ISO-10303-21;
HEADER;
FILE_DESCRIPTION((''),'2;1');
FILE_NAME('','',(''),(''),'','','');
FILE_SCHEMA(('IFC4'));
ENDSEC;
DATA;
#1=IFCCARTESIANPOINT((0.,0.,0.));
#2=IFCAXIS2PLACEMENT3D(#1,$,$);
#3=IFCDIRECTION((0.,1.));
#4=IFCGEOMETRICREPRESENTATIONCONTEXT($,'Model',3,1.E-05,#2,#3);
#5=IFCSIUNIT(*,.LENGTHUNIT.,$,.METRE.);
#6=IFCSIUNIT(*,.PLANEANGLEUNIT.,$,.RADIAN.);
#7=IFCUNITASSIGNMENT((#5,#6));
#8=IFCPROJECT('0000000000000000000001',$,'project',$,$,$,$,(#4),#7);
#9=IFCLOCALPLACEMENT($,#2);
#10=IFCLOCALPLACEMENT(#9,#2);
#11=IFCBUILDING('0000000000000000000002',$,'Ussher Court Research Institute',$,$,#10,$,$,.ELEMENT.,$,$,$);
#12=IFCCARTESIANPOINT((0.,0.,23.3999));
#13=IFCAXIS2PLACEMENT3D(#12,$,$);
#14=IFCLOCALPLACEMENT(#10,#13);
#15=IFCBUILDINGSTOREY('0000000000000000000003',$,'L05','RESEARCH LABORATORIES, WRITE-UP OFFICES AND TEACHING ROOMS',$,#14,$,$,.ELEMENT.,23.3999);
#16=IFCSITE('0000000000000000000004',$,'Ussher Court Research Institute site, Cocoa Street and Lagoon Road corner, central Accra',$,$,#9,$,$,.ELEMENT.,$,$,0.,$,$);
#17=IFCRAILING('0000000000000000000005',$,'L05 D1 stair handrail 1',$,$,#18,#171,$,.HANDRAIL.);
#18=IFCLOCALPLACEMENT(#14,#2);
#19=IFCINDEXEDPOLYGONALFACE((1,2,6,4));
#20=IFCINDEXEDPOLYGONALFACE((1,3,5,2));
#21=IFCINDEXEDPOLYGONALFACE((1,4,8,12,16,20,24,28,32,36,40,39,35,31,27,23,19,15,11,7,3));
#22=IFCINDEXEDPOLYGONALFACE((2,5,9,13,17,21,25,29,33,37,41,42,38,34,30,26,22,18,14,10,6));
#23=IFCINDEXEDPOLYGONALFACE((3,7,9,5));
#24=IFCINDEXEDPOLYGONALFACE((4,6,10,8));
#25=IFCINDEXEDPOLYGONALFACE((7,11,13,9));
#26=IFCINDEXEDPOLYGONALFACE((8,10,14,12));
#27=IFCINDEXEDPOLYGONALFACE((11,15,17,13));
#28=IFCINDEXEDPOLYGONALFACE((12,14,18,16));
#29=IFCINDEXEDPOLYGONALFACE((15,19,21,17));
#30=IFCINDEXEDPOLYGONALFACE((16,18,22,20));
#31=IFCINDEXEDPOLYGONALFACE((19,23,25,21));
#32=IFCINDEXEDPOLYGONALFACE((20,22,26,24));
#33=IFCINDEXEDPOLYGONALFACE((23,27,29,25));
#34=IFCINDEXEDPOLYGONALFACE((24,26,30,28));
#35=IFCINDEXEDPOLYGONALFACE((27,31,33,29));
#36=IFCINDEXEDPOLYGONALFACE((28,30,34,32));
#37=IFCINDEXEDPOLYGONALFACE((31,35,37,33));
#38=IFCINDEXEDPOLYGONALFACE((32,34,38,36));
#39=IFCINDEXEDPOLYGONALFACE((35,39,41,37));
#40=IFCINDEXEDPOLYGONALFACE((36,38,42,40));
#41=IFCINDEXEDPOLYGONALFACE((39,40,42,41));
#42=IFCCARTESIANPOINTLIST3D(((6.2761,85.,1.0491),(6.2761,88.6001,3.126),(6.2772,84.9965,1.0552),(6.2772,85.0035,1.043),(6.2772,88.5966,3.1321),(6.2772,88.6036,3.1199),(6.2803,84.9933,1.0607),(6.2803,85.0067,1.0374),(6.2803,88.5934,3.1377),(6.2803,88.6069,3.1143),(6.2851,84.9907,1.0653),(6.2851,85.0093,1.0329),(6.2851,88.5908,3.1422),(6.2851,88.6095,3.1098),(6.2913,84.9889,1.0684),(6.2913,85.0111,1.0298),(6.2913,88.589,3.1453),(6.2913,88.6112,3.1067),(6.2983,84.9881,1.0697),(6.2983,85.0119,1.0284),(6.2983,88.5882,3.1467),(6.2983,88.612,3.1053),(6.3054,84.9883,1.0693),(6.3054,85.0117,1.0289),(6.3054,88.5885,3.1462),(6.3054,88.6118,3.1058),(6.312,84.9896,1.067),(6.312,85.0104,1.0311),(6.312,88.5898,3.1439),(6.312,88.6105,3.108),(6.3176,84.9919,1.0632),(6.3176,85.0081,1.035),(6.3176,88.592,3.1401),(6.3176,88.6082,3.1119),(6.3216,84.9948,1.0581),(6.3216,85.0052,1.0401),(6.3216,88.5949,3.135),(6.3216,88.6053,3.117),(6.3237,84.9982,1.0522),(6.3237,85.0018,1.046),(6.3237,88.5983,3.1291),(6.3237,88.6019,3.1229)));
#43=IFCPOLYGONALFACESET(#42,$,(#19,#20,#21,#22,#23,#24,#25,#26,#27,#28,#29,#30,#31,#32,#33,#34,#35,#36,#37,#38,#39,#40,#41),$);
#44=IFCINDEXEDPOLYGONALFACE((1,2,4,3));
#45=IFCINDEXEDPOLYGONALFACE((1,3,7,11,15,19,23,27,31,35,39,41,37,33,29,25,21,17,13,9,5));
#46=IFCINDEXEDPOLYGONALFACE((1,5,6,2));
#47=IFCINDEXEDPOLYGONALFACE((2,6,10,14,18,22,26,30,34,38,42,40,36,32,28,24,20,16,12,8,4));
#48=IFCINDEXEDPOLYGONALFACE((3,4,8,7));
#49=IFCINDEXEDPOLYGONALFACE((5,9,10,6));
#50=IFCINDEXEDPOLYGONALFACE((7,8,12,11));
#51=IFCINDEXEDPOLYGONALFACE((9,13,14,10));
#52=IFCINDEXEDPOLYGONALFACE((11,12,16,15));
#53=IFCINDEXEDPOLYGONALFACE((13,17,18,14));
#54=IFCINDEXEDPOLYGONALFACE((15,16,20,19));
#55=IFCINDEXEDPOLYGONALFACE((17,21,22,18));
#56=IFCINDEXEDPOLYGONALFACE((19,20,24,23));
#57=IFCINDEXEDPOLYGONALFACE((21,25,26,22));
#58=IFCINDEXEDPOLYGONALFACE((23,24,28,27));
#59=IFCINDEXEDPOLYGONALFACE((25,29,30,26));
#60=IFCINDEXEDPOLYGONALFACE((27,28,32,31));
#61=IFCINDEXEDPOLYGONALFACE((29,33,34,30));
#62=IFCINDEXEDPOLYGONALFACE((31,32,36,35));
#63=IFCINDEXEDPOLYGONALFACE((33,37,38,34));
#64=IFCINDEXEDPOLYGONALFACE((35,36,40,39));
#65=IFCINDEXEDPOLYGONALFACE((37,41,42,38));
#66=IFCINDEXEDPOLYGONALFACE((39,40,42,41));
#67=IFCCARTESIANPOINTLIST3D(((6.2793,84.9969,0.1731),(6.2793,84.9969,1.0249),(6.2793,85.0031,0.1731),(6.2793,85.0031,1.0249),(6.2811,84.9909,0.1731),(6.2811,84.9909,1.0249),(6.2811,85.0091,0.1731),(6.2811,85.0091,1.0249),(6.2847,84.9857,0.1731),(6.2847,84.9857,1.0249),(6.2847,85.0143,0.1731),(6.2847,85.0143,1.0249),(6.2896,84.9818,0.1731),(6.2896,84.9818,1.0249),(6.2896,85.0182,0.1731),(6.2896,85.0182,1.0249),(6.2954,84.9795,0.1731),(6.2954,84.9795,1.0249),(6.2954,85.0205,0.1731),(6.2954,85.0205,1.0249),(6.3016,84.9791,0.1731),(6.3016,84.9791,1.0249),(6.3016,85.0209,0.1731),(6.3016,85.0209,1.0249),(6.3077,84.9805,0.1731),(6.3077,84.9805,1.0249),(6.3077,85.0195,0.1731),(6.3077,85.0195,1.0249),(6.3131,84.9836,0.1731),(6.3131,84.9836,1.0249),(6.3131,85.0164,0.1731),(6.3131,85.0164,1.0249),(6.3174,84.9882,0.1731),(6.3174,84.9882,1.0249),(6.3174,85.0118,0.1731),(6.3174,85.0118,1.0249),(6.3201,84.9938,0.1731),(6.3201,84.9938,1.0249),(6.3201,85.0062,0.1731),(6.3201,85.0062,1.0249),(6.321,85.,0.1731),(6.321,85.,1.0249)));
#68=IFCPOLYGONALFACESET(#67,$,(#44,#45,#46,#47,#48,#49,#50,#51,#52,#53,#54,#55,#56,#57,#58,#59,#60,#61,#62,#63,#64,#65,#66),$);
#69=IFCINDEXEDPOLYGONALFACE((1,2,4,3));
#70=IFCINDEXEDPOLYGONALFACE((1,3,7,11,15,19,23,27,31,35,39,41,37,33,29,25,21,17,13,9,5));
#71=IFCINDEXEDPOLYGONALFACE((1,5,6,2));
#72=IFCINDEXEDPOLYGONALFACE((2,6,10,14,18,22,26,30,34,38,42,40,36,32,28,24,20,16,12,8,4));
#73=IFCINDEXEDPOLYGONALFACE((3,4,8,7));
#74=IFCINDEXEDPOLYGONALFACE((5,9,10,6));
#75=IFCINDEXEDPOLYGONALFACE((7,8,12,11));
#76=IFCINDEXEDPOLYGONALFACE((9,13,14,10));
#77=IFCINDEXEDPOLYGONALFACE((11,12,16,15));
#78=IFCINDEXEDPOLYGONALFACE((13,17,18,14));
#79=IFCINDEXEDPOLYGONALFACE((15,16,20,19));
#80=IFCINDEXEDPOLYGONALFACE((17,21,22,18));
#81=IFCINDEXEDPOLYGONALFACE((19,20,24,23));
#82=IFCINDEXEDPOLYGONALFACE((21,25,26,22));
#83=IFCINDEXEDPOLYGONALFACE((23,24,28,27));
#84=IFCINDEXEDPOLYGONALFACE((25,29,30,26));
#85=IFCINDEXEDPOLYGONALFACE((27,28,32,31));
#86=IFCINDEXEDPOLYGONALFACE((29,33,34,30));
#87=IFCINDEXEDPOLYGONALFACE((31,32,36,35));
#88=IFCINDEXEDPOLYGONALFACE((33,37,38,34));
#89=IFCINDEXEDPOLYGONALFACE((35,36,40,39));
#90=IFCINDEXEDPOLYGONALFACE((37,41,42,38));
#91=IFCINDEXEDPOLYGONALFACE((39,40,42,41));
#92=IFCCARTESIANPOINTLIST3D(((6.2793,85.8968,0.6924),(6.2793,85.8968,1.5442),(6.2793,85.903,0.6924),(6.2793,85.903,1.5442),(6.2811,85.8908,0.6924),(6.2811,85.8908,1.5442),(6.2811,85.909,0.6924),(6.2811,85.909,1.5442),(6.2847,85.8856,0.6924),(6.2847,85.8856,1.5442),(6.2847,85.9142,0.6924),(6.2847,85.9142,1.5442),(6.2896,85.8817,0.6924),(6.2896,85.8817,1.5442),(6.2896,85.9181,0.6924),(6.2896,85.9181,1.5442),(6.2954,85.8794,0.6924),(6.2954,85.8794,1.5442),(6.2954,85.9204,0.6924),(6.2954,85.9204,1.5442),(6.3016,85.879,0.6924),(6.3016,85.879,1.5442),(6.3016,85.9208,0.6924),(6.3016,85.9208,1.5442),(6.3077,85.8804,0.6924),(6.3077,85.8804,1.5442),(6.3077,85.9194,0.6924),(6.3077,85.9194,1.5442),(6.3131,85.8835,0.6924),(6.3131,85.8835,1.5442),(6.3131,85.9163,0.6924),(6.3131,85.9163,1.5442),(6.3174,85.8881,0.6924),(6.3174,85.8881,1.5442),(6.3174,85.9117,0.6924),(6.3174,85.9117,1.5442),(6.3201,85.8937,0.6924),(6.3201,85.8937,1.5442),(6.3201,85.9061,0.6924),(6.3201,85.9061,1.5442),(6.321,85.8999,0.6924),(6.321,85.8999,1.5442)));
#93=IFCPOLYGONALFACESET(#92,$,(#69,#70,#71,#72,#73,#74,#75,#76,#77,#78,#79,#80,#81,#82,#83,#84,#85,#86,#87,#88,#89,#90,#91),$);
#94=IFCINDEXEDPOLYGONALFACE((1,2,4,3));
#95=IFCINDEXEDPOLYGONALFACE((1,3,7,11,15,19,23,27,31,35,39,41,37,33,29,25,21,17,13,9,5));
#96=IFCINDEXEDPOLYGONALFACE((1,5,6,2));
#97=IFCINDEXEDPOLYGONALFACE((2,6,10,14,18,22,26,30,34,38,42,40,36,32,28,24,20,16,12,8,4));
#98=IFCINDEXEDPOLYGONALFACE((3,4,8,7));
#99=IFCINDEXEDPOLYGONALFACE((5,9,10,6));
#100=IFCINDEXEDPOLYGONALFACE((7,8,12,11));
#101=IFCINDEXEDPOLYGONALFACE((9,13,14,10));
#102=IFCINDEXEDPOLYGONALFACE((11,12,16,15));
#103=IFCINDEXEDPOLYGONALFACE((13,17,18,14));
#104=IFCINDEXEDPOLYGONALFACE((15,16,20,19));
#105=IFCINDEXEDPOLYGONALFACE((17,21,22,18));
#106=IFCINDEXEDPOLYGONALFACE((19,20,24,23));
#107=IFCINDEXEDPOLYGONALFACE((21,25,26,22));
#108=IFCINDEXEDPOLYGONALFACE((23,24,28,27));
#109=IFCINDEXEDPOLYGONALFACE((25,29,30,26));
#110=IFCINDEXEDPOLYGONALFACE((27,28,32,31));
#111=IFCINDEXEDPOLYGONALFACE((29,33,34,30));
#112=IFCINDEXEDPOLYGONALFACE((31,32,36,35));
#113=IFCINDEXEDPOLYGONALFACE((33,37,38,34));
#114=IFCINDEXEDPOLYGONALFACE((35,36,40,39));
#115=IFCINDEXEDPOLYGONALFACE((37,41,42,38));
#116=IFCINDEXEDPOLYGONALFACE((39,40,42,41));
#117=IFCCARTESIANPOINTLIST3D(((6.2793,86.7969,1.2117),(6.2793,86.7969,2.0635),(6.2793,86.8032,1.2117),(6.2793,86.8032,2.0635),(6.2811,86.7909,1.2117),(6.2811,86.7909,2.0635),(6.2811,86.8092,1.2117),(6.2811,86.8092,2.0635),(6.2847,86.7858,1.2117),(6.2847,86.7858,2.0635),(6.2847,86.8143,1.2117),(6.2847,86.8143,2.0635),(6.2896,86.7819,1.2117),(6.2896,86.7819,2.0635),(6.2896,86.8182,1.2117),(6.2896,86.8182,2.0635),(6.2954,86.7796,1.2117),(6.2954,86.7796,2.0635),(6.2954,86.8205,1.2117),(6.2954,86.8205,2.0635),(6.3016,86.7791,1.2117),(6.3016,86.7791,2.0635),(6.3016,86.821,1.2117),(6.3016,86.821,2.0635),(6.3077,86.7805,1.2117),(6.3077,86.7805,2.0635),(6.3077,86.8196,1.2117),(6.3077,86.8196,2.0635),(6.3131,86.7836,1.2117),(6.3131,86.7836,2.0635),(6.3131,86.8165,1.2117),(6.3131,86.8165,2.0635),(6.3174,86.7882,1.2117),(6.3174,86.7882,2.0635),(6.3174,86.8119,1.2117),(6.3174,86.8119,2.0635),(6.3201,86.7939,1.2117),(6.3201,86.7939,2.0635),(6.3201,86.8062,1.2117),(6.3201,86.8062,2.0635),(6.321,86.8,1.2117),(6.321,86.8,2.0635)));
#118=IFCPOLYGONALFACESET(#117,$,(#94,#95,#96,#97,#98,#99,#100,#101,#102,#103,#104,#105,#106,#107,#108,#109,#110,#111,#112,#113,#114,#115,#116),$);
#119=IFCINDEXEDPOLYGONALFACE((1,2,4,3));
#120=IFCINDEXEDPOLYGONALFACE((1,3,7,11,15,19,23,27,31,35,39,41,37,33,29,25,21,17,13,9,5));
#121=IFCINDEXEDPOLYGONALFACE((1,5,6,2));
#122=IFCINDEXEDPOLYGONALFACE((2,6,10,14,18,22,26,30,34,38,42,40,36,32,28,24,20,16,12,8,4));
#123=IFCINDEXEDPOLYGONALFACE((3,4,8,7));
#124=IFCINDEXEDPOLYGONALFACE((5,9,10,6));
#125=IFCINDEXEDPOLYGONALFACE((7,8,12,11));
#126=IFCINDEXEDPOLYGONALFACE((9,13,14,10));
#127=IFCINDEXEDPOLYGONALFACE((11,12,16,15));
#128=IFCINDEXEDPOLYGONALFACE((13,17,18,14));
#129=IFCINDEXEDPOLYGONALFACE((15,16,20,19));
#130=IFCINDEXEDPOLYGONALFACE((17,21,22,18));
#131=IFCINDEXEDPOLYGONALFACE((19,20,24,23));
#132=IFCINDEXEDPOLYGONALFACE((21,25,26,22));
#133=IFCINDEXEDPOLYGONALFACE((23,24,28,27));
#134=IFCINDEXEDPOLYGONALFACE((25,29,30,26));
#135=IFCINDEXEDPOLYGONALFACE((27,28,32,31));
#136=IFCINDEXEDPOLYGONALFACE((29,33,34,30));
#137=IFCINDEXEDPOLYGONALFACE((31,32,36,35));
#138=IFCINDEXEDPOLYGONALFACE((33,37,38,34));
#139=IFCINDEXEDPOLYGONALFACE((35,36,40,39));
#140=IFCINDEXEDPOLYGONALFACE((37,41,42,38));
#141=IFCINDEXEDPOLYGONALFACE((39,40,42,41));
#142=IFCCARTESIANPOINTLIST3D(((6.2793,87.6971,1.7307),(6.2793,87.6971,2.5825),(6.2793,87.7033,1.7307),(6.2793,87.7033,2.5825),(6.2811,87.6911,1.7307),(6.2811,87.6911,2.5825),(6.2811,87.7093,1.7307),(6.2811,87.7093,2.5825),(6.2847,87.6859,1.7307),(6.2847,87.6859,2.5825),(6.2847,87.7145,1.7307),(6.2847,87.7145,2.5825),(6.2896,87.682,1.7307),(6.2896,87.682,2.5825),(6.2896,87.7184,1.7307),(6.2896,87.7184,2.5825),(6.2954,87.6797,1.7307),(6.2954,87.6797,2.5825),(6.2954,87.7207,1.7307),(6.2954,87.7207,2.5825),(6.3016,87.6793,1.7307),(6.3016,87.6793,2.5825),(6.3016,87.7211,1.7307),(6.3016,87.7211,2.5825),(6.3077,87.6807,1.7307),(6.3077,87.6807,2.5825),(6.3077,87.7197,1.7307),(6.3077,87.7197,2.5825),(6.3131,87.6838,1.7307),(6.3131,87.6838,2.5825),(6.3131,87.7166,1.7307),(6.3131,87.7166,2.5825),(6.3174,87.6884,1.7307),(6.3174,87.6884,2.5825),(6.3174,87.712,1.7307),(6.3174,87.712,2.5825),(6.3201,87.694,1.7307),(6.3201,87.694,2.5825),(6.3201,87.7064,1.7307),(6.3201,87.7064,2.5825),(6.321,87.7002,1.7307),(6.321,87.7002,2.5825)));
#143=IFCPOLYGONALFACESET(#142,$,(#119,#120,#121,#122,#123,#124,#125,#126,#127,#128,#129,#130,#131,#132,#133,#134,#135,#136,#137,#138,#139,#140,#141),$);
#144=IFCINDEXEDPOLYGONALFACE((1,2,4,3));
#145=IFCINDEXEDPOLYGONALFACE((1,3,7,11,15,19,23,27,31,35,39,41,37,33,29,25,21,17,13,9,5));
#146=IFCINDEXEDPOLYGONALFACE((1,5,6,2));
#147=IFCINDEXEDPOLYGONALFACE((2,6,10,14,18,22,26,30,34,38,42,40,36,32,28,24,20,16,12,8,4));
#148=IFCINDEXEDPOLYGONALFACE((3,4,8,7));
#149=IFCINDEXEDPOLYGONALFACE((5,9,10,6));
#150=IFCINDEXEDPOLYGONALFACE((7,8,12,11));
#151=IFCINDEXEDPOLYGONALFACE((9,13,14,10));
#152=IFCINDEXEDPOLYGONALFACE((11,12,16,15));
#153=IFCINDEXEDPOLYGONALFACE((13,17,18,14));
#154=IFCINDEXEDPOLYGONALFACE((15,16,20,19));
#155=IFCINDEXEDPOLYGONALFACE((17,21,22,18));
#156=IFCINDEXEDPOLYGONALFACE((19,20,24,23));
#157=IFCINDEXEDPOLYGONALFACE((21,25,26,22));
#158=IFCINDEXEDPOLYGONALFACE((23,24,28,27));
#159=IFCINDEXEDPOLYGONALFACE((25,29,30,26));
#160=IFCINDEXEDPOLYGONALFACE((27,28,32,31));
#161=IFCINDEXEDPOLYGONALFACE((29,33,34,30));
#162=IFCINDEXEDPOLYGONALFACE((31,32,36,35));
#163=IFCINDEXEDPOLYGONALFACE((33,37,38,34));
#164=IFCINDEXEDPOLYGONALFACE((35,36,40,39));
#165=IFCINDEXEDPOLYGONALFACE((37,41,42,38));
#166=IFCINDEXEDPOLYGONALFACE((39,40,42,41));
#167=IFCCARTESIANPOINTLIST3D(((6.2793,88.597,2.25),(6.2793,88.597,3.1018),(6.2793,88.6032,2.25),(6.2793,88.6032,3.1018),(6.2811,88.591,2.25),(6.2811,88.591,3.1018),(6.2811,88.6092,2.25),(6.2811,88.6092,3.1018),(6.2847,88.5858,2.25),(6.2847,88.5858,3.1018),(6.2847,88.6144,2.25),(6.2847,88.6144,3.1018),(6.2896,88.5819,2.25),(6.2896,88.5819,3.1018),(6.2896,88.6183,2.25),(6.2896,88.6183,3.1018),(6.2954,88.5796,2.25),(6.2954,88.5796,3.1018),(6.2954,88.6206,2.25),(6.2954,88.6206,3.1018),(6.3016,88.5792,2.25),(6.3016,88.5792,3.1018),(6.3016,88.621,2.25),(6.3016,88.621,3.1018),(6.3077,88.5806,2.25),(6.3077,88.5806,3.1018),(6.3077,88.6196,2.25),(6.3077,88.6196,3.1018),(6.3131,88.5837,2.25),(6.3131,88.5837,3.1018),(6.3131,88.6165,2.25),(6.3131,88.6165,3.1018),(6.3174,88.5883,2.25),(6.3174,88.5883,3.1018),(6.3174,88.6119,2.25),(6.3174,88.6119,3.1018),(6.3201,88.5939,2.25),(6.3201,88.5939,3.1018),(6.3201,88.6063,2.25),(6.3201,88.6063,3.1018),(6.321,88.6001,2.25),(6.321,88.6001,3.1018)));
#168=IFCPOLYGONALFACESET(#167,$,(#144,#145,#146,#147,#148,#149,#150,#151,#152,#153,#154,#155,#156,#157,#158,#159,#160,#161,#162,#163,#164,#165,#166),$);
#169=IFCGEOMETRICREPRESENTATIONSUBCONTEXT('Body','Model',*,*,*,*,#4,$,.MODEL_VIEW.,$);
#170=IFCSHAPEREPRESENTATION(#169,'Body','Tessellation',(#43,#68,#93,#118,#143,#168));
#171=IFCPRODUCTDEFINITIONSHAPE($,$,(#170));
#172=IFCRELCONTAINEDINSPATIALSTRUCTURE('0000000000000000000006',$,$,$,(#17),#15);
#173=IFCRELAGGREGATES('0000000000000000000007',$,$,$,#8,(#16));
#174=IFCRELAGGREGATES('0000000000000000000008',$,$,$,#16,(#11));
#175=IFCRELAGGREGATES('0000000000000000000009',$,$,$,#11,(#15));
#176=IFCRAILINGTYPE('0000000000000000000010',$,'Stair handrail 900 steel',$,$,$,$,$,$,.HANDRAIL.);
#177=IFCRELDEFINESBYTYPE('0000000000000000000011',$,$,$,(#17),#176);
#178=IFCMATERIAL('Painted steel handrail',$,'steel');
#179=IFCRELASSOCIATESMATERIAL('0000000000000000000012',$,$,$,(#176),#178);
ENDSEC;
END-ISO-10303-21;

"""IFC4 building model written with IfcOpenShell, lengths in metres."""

from ifc_helpers import new_model, si_unit, direction, frame, origin, origin_2d, place, context, subcontext, project, spatial, circle, extrude, material, type_object, element, save


model = new_model("IFC4")

# Units and contexts
model_context = context("Model", 3, precision=1e-05, world=origin(), true_north=direction((0.0, 1.0)))
body_context = subcontext(model_context, "Body", "Model", "MODEL_VIEW")
ifc_project = project(units=[si_unit("LENGTHUNIT", "METRE"), si_unit("PLANEANGLEUNIT", "RADIAN")], contexts=[model_context])

# Site, building, storey
site_placement = place(None, origin())
site = spatial("IfcSite", under=ifc_project, at=site_placement, Name="Ussher Court Research Institute site, Cocoa Street and Lagoon Road corner, central Accra", CompositionType="ELEMENT", RefElevation=0.0)
building_placement = place(site_placement, origin())
building = spatial("IfcBuilding", under=site, at=building_placement, Name="Ussher Court Research Institute", CompositionType="ELEMENT")
storey_placement = place(building_placement, frame((0.0, 0.0, 23.3999)))
storey = spatial("IfcBuildingStorey", under=building, at=storey_placement, Name="L05", Description="RESEARCH LABORATORIES, WRITE-UP OFFICES AND TEACHING ROOMS", CompositionType="ELEMENT", Elevation=23.3999)

# Railing
ifc_material_1 = material(Name="Painted steel handrail", Category="steel")
railing_type_1 = type_object("IfcRailingType", Name="Stair handrail 900 steel", PredefinedType="HANDRAIL", material=ifc_material_1)
railing_1_placement = place(storey_placement, frame((6.3, 85.0, 0.1731)))
element("IfcRailing", 1, at=railing_1_placement, inside=storey, type_object=railing_type_1, Name="L05 D1 stair handrail 1", PredefinedType="HANDRAIL", context=body_context, shape_type="SweptSolid", body=[
    extrude(circle(Radius=0.0239, at=origin_2d()), frame((0.0, 0.0, 0.876), z_axis=(0.0, 0.866193, 0.499709), x_axis=(-1.0, 0.0, 0.0)), (0.0, 0.0, 1.0), 4.1562),
    extrude(circle(Radius=0.021, at=origin_2d()), origin(), (0.0, 0.0, 1.0), 0.8518),
    extrude(circle(Radius=0.021, at=origin_2d()), frame((0.0, 0.8999, 0.5193)), (0.0, 0.0, 1.0), 0.8518),
    extrude(circle(Radius=0.021, at=origin_2d()), frame((0.0, 1.8, 1.0386)), (0.0, 0.0, 1.0), 0.8518),
    extrude(circle(Radius=0.021, at=origin_2d()), frame((0.0, 2.7002, 1.5576)), (0.0, 0.0, 1.0), 0.8518),
    extrude(circle(Radius=0.021, at=origin_2d()), frame((0.0, 3.6001, 2.0769)), (0.0, 0.0, 1.0), 0.8518),
])

save(model, "model.ifc")
